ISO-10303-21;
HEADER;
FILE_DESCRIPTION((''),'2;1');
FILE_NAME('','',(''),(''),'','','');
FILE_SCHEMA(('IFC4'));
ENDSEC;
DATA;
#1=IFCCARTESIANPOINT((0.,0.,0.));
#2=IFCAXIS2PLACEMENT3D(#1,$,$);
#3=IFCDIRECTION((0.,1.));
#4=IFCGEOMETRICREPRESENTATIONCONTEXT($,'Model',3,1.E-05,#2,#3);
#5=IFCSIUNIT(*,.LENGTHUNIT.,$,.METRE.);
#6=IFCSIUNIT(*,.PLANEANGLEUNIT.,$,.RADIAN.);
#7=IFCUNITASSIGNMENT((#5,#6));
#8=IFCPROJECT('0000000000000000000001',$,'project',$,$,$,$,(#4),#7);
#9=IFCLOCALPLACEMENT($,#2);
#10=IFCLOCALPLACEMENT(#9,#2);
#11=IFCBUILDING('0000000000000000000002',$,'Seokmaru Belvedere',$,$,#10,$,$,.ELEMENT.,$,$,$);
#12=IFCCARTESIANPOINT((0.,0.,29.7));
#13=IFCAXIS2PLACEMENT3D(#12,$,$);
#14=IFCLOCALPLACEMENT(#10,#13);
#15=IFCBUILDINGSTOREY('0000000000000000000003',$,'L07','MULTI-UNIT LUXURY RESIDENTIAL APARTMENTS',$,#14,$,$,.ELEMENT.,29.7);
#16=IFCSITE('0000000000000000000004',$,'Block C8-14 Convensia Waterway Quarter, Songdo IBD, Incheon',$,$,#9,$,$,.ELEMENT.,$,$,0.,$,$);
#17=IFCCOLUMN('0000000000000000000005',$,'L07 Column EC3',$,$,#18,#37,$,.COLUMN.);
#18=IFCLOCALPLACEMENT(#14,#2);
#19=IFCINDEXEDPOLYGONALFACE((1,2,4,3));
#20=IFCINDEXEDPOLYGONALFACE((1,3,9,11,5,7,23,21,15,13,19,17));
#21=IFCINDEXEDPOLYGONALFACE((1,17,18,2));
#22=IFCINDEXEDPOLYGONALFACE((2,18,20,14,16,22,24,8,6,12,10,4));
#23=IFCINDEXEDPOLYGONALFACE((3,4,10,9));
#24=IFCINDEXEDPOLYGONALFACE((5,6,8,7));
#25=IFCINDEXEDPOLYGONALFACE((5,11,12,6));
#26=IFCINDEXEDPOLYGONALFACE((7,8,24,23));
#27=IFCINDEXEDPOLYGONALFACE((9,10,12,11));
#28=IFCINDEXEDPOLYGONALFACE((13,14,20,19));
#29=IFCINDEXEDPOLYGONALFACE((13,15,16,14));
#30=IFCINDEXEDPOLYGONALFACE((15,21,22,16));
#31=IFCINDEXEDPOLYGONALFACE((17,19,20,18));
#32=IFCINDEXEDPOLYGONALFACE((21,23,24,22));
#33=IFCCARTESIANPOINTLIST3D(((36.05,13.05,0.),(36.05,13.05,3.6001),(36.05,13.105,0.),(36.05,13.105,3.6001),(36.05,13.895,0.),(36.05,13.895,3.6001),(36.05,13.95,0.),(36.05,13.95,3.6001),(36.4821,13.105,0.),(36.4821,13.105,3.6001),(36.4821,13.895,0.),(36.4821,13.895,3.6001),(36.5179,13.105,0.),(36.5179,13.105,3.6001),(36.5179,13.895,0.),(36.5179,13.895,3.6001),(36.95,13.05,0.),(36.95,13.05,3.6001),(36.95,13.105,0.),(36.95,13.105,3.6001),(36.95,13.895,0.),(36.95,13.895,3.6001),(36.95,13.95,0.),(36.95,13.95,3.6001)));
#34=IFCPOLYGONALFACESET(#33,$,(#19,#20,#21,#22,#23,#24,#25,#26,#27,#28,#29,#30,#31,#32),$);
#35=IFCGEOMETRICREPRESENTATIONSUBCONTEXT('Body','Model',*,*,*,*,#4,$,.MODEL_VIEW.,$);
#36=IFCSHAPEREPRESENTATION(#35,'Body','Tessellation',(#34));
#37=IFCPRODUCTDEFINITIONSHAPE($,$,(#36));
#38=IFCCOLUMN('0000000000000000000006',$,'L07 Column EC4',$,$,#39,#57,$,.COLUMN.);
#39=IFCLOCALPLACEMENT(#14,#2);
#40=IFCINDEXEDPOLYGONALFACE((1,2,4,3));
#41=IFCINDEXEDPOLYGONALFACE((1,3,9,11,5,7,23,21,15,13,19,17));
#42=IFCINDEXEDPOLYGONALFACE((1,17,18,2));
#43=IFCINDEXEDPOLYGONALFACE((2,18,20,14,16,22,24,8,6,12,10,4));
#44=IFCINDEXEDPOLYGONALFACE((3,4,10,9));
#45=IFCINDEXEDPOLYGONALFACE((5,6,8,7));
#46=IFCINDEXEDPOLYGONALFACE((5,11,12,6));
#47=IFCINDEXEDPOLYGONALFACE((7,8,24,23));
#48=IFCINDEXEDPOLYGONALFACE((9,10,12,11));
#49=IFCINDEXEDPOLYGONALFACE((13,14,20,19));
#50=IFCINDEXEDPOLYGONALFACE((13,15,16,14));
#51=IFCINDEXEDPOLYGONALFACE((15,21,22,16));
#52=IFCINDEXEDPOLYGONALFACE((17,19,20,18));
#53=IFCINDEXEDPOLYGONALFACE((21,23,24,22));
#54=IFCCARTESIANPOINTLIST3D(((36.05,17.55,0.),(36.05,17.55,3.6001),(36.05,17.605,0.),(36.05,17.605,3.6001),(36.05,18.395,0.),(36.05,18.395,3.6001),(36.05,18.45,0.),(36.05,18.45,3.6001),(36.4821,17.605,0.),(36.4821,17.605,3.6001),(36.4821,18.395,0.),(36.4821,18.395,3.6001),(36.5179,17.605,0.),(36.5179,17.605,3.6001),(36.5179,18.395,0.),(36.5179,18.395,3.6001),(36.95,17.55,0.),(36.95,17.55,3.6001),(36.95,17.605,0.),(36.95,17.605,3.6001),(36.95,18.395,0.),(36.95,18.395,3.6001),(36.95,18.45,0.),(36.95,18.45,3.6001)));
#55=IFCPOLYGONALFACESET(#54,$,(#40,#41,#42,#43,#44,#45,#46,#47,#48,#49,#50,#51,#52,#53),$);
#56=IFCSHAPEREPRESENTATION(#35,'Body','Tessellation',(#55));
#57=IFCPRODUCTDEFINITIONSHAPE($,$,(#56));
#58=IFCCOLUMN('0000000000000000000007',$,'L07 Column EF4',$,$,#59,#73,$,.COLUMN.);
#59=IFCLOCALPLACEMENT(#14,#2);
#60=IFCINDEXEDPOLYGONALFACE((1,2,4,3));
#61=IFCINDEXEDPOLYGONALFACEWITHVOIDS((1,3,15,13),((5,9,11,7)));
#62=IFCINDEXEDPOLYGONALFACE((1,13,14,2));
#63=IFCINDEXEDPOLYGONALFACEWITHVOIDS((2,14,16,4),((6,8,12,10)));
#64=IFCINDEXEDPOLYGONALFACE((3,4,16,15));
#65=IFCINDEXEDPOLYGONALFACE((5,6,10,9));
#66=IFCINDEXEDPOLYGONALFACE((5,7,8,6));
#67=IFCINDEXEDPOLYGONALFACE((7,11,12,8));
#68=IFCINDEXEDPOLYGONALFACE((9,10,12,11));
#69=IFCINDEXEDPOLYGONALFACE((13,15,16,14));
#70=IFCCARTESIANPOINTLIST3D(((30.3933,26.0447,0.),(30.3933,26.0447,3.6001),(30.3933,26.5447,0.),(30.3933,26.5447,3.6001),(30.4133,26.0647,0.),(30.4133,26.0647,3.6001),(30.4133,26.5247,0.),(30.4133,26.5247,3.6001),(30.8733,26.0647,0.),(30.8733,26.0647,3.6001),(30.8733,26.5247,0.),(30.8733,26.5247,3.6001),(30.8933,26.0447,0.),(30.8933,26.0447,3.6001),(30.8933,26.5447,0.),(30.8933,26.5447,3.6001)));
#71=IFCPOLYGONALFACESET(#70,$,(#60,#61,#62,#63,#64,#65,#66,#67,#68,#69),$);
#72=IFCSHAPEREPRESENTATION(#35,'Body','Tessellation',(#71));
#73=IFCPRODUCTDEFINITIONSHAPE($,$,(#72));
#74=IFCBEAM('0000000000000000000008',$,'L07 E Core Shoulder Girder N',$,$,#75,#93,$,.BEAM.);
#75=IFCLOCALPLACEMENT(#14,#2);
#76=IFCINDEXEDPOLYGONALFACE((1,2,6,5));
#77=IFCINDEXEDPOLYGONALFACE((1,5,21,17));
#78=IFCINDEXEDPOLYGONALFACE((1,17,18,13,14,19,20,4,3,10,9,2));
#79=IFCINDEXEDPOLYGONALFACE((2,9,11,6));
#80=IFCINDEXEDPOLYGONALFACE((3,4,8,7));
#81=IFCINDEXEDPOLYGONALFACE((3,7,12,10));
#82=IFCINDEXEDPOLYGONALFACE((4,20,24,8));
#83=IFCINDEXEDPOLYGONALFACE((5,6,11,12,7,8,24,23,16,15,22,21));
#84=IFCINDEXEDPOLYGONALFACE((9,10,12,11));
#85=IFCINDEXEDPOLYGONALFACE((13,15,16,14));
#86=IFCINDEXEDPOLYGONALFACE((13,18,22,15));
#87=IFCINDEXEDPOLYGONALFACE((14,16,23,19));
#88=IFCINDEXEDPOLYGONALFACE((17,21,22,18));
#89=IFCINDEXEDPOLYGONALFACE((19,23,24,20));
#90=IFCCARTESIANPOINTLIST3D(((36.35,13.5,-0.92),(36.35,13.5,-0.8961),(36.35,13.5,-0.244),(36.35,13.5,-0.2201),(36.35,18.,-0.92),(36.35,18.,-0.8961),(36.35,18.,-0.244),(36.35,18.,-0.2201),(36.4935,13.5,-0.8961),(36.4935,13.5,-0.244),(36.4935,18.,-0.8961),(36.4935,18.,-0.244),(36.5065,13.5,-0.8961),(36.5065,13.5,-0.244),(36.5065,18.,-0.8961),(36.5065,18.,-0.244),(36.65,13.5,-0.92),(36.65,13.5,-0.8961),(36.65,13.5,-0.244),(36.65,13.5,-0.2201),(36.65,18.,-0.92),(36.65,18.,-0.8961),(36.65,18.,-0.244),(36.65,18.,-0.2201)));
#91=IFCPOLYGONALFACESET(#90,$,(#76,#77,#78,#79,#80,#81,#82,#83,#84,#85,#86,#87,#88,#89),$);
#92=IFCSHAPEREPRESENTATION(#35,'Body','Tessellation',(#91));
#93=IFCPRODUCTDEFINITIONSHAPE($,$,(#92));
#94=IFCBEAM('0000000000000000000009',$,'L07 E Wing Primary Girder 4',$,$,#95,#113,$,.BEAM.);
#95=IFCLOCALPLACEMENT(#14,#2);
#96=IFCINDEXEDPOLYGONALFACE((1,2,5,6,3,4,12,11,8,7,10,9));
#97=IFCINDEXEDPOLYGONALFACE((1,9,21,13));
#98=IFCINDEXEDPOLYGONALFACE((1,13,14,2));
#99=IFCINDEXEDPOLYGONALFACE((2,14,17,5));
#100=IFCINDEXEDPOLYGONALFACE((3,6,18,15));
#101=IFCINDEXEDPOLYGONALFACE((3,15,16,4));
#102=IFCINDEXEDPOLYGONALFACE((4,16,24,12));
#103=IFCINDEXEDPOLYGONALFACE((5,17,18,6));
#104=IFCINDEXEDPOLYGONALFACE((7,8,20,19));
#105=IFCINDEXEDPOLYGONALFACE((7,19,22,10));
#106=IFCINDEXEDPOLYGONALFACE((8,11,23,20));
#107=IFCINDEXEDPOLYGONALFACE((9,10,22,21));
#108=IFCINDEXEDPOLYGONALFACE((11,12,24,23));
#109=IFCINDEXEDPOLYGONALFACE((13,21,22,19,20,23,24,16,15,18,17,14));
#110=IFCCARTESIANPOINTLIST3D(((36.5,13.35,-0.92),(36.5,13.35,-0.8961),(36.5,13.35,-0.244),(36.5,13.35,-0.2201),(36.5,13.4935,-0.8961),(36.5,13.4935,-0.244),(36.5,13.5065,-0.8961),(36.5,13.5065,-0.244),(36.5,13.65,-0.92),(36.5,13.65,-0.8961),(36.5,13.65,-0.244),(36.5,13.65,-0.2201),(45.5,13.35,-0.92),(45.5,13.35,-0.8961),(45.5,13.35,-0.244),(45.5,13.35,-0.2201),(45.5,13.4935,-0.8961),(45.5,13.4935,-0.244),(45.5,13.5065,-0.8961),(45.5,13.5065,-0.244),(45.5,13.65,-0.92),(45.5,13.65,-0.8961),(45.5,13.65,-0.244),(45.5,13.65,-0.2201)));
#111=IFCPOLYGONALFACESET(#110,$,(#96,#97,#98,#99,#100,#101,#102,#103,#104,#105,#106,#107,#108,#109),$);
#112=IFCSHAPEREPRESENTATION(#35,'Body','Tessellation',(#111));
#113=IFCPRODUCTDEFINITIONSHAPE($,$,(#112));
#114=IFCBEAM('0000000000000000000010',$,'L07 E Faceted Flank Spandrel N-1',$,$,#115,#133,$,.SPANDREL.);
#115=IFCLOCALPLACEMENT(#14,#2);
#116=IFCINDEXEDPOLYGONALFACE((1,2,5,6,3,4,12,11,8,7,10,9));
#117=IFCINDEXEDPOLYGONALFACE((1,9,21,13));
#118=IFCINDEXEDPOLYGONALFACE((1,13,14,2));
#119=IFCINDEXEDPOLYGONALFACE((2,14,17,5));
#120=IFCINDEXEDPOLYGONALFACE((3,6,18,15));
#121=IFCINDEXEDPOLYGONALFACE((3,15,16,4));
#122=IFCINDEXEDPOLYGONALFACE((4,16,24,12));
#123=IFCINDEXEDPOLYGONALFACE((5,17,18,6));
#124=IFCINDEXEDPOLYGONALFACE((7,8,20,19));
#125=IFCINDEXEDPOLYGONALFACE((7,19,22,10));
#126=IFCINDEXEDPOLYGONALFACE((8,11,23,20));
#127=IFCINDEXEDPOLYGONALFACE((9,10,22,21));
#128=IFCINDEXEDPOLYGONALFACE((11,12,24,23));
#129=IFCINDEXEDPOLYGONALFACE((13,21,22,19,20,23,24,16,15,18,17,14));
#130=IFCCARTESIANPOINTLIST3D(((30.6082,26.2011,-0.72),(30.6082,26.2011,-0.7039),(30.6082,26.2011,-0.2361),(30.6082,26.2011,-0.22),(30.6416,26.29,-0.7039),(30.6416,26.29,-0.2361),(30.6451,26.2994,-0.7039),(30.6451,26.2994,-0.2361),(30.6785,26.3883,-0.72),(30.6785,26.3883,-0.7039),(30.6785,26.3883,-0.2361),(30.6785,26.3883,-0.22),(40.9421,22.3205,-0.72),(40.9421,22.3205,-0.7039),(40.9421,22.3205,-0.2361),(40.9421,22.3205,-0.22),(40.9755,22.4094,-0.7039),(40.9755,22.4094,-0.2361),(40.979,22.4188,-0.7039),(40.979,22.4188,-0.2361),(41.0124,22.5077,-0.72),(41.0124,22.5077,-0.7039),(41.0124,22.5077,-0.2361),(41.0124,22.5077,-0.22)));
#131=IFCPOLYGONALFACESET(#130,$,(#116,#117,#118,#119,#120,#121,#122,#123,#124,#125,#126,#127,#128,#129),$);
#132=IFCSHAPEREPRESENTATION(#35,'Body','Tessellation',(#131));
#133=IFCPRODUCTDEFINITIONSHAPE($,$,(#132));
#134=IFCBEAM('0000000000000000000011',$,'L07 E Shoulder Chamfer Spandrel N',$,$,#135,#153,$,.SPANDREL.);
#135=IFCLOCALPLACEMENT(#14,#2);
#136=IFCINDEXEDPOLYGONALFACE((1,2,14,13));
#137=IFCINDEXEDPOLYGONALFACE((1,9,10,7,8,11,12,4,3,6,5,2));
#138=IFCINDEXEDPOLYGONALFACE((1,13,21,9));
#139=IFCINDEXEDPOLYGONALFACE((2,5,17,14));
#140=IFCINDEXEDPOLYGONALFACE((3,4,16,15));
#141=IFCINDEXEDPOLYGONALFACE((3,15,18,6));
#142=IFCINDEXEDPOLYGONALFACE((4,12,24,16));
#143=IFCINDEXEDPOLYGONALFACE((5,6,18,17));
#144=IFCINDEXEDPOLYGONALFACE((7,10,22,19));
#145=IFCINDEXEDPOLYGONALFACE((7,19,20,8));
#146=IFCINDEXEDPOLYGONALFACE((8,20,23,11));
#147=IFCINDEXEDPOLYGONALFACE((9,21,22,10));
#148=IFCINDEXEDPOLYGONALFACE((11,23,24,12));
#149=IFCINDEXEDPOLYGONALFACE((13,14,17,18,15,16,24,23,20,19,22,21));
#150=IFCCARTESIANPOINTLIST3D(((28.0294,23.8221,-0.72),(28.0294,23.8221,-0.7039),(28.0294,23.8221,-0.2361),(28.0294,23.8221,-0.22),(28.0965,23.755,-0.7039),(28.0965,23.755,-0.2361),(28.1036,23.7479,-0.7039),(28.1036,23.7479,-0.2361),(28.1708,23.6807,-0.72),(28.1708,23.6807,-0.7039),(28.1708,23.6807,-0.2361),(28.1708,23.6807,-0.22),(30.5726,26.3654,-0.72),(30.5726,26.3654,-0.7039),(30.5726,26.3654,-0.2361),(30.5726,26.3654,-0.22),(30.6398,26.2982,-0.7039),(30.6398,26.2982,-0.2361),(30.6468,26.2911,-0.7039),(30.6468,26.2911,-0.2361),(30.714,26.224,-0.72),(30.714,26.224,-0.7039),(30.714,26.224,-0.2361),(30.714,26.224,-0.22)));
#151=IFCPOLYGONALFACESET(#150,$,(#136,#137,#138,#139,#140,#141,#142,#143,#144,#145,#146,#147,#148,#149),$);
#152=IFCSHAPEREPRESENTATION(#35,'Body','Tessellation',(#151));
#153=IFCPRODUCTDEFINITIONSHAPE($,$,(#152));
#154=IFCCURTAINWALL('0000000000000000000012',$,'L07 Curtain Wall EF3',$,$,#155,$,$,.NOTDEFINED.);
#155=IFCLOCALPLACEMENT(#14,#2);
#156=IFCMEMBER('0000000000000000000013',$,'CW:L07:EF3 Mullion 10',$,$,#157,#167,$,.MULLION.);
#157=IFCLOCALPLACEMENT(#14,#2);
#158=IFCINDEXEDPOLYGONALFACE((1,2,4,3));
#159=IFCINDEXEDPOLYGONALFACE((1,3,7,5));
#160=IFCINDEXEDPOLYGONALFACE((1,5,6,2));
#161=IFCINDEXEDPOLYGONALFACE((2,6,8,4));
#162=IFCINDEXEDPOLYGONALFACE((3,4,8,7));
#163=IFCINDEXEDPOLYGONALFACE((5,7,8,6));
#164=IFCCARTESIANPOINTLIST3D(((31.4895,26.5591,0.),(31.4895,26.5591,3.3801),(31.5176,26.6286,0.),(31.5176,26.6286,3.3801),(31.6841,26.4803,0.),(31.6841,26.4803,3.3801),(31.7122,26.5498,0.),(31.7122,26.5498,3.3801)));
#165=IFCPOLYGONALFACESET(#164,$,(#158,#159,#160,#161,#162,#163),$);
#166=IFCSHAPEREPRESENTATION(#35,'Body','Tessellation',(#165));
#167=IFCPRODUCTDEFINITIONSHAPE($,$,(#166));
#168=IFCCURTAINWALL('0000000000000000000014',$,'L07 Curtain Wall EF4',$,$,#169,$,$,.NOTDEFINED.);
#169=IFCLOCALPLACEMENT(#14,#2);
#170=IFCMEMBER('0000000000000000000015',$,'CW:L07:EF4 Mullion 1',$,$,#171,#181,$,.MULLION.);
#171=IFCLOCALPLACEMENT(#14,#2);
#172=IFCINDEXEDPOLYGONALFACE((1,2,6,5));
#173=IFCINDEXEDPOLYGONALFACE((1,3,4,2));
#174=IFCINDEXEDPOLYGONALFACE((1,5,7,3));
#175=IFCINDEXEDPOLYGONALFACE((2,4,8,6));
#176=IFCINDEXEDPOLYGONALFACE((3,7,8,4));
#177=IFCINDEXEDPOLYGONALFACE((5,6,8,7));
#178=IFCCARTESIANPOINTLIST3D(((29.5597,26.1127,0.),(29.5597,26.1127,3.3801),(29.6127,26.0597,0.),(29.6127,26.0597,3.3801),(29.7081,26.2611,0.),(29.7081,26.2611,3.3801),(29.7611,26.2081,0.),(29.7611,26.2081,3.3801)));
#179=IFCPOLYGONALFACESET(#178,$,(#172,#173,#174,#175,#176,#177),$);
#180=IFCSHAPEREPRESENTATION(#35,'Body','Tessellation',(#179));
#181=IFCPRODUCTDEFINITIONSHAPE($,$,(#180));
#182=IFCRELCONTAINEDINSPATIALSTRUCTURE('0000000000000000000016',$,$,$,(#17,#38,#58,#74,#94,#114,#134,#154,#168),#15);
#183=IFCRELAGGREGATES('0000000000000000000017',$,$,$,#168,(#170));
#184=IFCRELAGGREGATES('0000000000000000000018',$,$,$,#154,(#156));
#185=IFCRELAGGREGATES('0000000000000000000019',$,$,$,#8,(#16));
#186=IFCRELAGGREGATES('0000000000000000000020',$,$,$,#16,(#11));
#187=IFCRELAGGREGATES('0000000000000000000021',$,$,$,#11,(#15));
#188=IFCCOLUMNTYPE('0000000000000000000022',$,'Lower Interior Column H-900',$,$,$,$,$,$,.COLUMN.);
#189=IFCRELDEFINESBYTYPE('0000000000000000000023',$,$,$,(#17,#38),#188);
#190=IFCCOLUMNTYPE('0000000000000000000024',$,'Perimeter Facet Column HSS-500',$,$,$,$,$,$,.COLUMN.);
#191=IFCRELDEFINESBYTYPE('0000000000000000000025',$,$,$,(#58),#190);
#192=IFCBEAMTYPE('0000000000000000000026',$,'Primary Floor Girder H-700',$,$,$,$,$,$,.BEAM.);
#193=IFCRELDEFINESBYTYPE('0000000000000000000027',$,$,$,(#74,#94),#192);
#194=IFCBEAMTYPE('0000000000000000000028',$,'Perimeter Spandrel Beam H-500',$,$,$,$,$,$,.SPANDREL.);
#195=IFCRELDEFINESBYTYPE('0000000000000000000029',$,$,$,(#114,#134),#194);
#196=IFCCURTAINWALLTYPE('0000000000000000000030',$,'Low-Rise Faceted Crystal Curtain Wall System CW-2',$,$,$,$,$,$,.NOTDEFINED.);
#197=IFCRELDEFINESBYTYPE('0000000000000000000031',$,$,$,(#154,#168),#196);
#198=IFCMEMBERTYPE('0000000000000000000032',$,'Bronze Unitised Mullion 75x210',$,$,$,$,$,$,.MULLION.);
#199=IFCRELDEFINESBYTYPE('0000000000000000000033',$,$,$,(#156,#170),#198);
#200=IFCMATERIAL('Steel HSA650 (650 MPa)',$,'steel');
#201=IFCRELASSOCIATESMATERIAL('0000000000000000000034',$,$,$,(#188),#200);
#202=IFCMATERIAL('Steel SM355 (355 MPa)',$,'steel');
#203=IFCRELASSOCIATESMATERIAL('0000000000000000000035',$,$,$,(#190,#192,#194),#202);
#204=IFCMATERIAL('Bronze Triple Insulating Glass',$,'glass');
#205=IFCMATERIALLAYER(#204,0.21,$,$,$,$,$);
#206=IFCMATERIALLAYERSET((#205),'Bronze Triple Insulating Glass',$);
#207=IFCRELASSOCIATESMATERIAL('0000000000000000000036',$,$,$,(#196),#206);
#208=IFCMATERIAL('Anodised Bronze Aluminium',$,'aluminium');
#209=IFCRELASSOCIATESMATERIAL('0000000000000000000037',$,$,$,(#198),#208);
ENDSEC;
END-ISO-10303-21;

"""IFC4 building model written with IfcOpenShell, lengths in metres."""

from ifc_helpers import new_model, si_unit, direction, frame, origin, origin_2d, place, context, subcontext, project, spatial, rectangle, hollow_rectangle, i_section, extrude, source, transform, mapped, material, layer, layer_set, material_profile, profile_set, type_object, type_shapes, element, aggregate, save


model = new_model("IFC4")

# Units and contexts
model_context = context("Model", 3, precision=1e-05, world=origin(), true_north=direction((0.0, 1.0)))
body_context = subcontext(model_context, "Body", "Model", "MODEL_VIEW")
ifc_project = project(units=[si_unit("LENGTHUNIT", "METRE"), si_unit("PLANEANGLEUNIT", "RADIAN")], contexts=[model_context])

# Site, building, storey
site_placement = place(None, origin())
site = spatial("IfcSite", under=ifc_project, at=site_placement, Name="Block C8-14 Convensia Waterway Quarter, Songdo IBD, Incheon", CompositionType="ELEMENT", RefElevation=0.0)
building_placement = place(site_placement, origin())
building = spatial("IfcBuilding", under=site, at=building_placement, Name="Seokmaru Belvedere", CompositionType="ELEMENT")
storey_placement = place(building_placement, frame((0.0, 0.0, 29.7)))
storey = spatial("IfcBuildingStorey", under=building, at=storey_placement, Name="L07", Description="MULTI-UNIT LUXURY RESIDENTIAL APARTMENTS", CompositionType="ELEMENT", Elevation=29.7)

# Columns
ifc_material_1 = material(Name="Steel HSA650 (650 MPa)", Category="steel")
ifc_material_profile_1 = material_profile(ifc_material_1, i_section(OverallWidth=0.8999, OverallDepth=0.8999, WebThickness=0.0359, FlangeThickness=0.0549, at=origin_2d()), Name="H-900x900x36x55")
ifc_profile_set_1 = profile_set([ifc_material_profile_1], Name="Steel HSA650 (650 MPa)")
column_type_1 = type_object("IfcColumnType", Name="Lower Interior Column H-900", PredefinedType="COLUMN", material=ifc_profile_set_1)
shared_shape_1 = source(origin(), body_context, "Body", "SweptSolid", [
    extrude(i_section(OverallWidth=0.8999, OverallDepth=0.8999, WebThickness=0.0359, FlangeThickness=0.0549, at=origin_2d()), origin(), (0.0, 0.0, 1.0), 3.6001),
])
type_shapes(column_type_1, [shared_shape_1])
for number, where, z_axis, x_axis, name in (
    (1, (36.5, 13.5, 0.0), (0.0, 0.0, 1.0), (1.0, 0.0, 0.0), "L07 Column EC3"),
    (2, (36.5, 18.0, 0.0), (0.0, 0.0, 1.0), (1.0, 0.0, 0.0), "L07 Column EC4"),
):
    element("IfcColumn", number, at=place(storey_placement, frame(where, z_axis=z_axis, x_axis=x_axis)), inside=storey, type_object=column_type_1, Name=name, PredefinedType="COLUMN", context=body_context, shape_type="MappedRepresentation", body=[
        mapped(shared_shape_1, transform((0.0, 0.0, 0.0), scale=1.0)),
    ])
ifc_material_2 = material(Name="Steel SM355 (355 MPa)", Category="steel")
ifc_material_profile_2 = material_profile(ifc_material_2, hollow_rectangle(XDim=0.5, YDim=0.5, WallThickness=0.02, at=origin_2d()), Name="HSS-500x500x20")
ifc_profile_set_2 = profile_set([ifc_material_profile_2], Name="Steel SM355 (355 MPa)")
column_type_2 = type_object("IfcColumnType", Name="Perimeter Facet Column HSS-500", PredefinedType="COLUMN", material=ifc_profile_set_2)
shared_shape_2 = source(origin(), body_context, "Body", "SweptSolid", [
    extrude(hollow_rectangle(XDim=0.5, YDim=0.5, WallThickness=0.02, at=origin_2d()), origin(), (0.0, 0.0, 1.0), 3.6001),
])
type_shapes(column_type_2, [shared_shape_2])
column_placement = place(storey_placement, frame((30.6433, 26.2947, 0.0), z_axis=(0.0, 0.0, 1.0), x_axis=(1.0, 0.0, 0.0)))
element("IfcColumn", 3, at=column_placement, inside=storey, type_object=column_type_2, Name="L07 Column EF4", PredefinedType="COLUMN", context=body_context, shape_type="MappedRepresentation", body=[
    mapped(shared_shape_2, transform((0.0, 0.0, 0.0), scale=1.0)),
])

# Beams
ifc_material_profile_3 = material_profile(ifc_material_2, i_section(OverallWidth=0.3, OverallDepth=0.7, WebThickness=0.0129, FlangeThickness=0.0239, at=origin_2d()), Name="H-700x300x13x24")
ifc_profile_set_3 = profile_set([ifc_material_profile_3], Name="Steel SM355 (355 MPa)")
beam_type_1 = type_object("IfcBeamType", Name="Primary Floor Girder H-700", PredefinedType="BEAM", material=ifc_profile_set_3)
shared_shape_3 = source(origin(), body_context, "Body", "SweptSolid", [
    extrude(i_section(OverallWidth=0.3, OverallDepth=0.7, WebThickness=0.0129, FlangeThickness=0.0239, at=origin_2d()), origin(), (0.0, 0.0, 1.0), 4.5),
])
beam_1_placement = place(storey_placement, frame((36.5, 13.5, -0.5701), z_axis=(0.0, 1.0, 0.0), x_axis=(-1.0, 0.0, 0.0)))
element("IfcBeam", 4, at=beam_1_placement, inside=storey, type_object=beam_type_1, Name="L07 E Core Shoulder Girder N", PredefinedType="BEAM", context=body_context, shape_type="MappedRepresentation", body=[
    mapped(shared_shape_3, transform((0.0, 0.0, 0.0), scale=1.0)),
])
shared_shape_4 = source(origin(), body_context, "Body", "SweptSolid", [
    extrude(i_section(OverallWidth=0.3, OverallDepth=0.7, WebThickness=0.0129, FlangeThickness=0.0239, at=origin_2d()), origin(), (0.0, 0.0, 1.0), 9.0),
])
type_shapes(beam_type_1, [shared_shape_3, shared_shape_4])
beam_2_placement = place(storey_placement, frame((36.5, 13.5, -0.5701), z_axis=(1.0, 0.0, 0.0), x_axis=(0.0, 1.0, 0.0)))
element("IfcBeam", 5, at=beam_2_placement, inside=storey, type_object=beam_type_1, Name="L07 E Wing Primary Girder 4", PredefinedType="BEAM", context=body_context, shape_type="MappedRepresentation", body=[
    mapped(shared_shape_4, transform((0.0, 0.0, 0.0), scale=1.0)),
])
ifc_material_profile_4 = material_profile(ifc_material_2, i_section(OverallWidth=0.2, OverallDepth=0.5, WebThickness=0.01, FlangeThickness=0.0161, at=origin_2d()), Name="H-500x200x10x16")
ifc_profile_set_4 = profile_set([ifc_material_profile_4], Name="Steel SM355 (355 MPa)")
beam_type_2 = type_object("IfcBeamType", Name="Perimeter Spandrel Beam H-500", PredefinedType="SPANDREL", material=ifc_profile_set_4)
shared_shape_5 = source(origin(), body_context, "Body", "SweptSolid", [
    extrude(i_section(OverallWidth=0.2, OverallDepth=0.5, WebThickness=0.01, FlangeThickness=0.0161, at=origin_2d()), origin(), (0.0, 0.0, 1.0), 11.0386),
])
beam_3_placement = place(storey_placement, frame((30.6433, 26.2947, -0.47), z_axis=(0.936169, -0.35155, 0.0), x_axis=(0.35155, 0.936169, 0.0)))
element("IfcBeam", 6, at=beam_3_placement, inside=storey, type_object=beam_type_2, Name="L07 E Faceted Flank Spandrel N-1", PredefinedType="SPANDREL", context=body_context, shape_type="MappedRepresentation", body=[
    mapped(shared_shape_5, transform((0.0, 0.0, 0.0), scale=1.0)),
])
shared_shape_6 = source(origin(), body_context, "Body", "SweptSolid", [
    extrude(i_section(OverallWidth=0.2, OverallDepth=0.5, WebThickness=0.01, FlangeThickness=0.0161, at=origin_2d()), origin(), (0.0, 0.0, 1.0), 3.5967),
])
type_shapes(beam_type_2, [shared_shape_5, shared_shape_6])
beam_4_placement = place(storey_placement, frame((30.6433, 26.2947, -0.47), z_axis=(-0.707107, -0.707107, 0.0), x_axis=(0.707107, -0.707107, 0.0)))
element("IfcBeam", 7, at=beam_4_placement, inside=storey, type_object=beam_type_2, Name="L07 E Shoulder Chamfer Spandrel N", PredefinedType="SPANDREL", context=body_context, shape_type="MappedRepresentation", body=[
    mapped(shared_shape_6, transform((0.0, 0.0, 0.0), scale=1.0)),
])

# Curtain wall, member
ifc_material_3 = material(Name="Bronze Triple Insulating Glass", Category="glass")
ifc_layer_1 = layer(ifc_material_3, 0.21)
ifc_layer_set_1 = layer_set([ifc_layer_1], Name="Bronze Triple Insulating Glass")
curtain_wall_type = type_object("IfcCurtainWallType", Name="Low-Rise Faceted Crystal Curtain Wall System CW-2", PredefinedType="NOTDEFINED", material=ifc_layer_set_1)
curtain_wall_1_placement = place(storey_placement, origin())
curtain_wall_1 = element("IfcCurtainWall", 8, at=curtain_wall_1_placement, inside=storey, type_object=curtain_wall_type, Name="L07 Curtain Wall EF3", PredefinedType="NOTDEFINED")
ifc_material_4 = material(Name="Anodised Bronze Aluminium", Category="aluminium")
ifc_material_profile_5 = material_profile(ifc_material_4, rectangle(XDim=0.075, YDim=0.21, at=origin_2d()), Name="CW-M-75x210")
ifc_profile_set_5 = profile_set([ifc_material_profile_5], Name="Anodised Bronze Aluminium")
member_type_1 = type_object("IfcMemberType", Name="Bronze Unitised Mullion 75x210", PredefinedType="MULLION", material=ifc_profile_set_5)
shared_shape_7 = source(origin(), body_context, "Body", "SweptSolid", [
    extrude(rectangle(XDim=0.075, YDim=0.21, at=origin_2d()), origin(), (0.0, 0.0, 1.0), 3.3801),
])
member_1_placement = place(storey_placement, frame((31.6008, 26.5544, 0.0), z_axis=(0.0, 0.0, 1.0), x_axis=(-0.375192, -0.926947, 0.0)))
member_1 = element("IfcMember", 9, at=member_1_placement, type_object=member_type_1, Name="CW:L07:EF3 Mullion 10", PredefinedType="MULLION", context=body_context, shape_type="MappedRepresentation", body=[
    mapped(shared_shape_7, transform((0.0, 0.0, 0.0), scale=1.0)),
])

# Curtain wall, member
curtain_wall_2_placement = place(storey_placement, origin())
curtain_wall_2 = element("IfcCurtainWall", 10, at=curtain_wall_2_placement, inside=storey, type_object=curtain_wall_type, Name="L07 Curtain Wall EF4", PredefinedType="NOTDEFINED")
member_2_placement = place(storey_placement, frame((29.6604, 26.1604, 0.0), z_axis=(0.0, 0.0, 1.0), x_axis=(0.707107, -0.707107, 0.0)))
member_2 = element("IfcMember", 11, at=member_2_placement, type_object=member_type_1, Name="CW:L07:EF4 Mullion 1", PredefinedType="MULLION", context=body_context, shape_type="MappedRepresentation", body=[
    mapped(shared_shape_7, transform((0.0, 0.0, 0.0), scale=1.0)),
])
aggregate(curtain_wall_2, [member_2])

aggregate(curtain_wall_1, [member_1])

save(model, "model.ifc")
